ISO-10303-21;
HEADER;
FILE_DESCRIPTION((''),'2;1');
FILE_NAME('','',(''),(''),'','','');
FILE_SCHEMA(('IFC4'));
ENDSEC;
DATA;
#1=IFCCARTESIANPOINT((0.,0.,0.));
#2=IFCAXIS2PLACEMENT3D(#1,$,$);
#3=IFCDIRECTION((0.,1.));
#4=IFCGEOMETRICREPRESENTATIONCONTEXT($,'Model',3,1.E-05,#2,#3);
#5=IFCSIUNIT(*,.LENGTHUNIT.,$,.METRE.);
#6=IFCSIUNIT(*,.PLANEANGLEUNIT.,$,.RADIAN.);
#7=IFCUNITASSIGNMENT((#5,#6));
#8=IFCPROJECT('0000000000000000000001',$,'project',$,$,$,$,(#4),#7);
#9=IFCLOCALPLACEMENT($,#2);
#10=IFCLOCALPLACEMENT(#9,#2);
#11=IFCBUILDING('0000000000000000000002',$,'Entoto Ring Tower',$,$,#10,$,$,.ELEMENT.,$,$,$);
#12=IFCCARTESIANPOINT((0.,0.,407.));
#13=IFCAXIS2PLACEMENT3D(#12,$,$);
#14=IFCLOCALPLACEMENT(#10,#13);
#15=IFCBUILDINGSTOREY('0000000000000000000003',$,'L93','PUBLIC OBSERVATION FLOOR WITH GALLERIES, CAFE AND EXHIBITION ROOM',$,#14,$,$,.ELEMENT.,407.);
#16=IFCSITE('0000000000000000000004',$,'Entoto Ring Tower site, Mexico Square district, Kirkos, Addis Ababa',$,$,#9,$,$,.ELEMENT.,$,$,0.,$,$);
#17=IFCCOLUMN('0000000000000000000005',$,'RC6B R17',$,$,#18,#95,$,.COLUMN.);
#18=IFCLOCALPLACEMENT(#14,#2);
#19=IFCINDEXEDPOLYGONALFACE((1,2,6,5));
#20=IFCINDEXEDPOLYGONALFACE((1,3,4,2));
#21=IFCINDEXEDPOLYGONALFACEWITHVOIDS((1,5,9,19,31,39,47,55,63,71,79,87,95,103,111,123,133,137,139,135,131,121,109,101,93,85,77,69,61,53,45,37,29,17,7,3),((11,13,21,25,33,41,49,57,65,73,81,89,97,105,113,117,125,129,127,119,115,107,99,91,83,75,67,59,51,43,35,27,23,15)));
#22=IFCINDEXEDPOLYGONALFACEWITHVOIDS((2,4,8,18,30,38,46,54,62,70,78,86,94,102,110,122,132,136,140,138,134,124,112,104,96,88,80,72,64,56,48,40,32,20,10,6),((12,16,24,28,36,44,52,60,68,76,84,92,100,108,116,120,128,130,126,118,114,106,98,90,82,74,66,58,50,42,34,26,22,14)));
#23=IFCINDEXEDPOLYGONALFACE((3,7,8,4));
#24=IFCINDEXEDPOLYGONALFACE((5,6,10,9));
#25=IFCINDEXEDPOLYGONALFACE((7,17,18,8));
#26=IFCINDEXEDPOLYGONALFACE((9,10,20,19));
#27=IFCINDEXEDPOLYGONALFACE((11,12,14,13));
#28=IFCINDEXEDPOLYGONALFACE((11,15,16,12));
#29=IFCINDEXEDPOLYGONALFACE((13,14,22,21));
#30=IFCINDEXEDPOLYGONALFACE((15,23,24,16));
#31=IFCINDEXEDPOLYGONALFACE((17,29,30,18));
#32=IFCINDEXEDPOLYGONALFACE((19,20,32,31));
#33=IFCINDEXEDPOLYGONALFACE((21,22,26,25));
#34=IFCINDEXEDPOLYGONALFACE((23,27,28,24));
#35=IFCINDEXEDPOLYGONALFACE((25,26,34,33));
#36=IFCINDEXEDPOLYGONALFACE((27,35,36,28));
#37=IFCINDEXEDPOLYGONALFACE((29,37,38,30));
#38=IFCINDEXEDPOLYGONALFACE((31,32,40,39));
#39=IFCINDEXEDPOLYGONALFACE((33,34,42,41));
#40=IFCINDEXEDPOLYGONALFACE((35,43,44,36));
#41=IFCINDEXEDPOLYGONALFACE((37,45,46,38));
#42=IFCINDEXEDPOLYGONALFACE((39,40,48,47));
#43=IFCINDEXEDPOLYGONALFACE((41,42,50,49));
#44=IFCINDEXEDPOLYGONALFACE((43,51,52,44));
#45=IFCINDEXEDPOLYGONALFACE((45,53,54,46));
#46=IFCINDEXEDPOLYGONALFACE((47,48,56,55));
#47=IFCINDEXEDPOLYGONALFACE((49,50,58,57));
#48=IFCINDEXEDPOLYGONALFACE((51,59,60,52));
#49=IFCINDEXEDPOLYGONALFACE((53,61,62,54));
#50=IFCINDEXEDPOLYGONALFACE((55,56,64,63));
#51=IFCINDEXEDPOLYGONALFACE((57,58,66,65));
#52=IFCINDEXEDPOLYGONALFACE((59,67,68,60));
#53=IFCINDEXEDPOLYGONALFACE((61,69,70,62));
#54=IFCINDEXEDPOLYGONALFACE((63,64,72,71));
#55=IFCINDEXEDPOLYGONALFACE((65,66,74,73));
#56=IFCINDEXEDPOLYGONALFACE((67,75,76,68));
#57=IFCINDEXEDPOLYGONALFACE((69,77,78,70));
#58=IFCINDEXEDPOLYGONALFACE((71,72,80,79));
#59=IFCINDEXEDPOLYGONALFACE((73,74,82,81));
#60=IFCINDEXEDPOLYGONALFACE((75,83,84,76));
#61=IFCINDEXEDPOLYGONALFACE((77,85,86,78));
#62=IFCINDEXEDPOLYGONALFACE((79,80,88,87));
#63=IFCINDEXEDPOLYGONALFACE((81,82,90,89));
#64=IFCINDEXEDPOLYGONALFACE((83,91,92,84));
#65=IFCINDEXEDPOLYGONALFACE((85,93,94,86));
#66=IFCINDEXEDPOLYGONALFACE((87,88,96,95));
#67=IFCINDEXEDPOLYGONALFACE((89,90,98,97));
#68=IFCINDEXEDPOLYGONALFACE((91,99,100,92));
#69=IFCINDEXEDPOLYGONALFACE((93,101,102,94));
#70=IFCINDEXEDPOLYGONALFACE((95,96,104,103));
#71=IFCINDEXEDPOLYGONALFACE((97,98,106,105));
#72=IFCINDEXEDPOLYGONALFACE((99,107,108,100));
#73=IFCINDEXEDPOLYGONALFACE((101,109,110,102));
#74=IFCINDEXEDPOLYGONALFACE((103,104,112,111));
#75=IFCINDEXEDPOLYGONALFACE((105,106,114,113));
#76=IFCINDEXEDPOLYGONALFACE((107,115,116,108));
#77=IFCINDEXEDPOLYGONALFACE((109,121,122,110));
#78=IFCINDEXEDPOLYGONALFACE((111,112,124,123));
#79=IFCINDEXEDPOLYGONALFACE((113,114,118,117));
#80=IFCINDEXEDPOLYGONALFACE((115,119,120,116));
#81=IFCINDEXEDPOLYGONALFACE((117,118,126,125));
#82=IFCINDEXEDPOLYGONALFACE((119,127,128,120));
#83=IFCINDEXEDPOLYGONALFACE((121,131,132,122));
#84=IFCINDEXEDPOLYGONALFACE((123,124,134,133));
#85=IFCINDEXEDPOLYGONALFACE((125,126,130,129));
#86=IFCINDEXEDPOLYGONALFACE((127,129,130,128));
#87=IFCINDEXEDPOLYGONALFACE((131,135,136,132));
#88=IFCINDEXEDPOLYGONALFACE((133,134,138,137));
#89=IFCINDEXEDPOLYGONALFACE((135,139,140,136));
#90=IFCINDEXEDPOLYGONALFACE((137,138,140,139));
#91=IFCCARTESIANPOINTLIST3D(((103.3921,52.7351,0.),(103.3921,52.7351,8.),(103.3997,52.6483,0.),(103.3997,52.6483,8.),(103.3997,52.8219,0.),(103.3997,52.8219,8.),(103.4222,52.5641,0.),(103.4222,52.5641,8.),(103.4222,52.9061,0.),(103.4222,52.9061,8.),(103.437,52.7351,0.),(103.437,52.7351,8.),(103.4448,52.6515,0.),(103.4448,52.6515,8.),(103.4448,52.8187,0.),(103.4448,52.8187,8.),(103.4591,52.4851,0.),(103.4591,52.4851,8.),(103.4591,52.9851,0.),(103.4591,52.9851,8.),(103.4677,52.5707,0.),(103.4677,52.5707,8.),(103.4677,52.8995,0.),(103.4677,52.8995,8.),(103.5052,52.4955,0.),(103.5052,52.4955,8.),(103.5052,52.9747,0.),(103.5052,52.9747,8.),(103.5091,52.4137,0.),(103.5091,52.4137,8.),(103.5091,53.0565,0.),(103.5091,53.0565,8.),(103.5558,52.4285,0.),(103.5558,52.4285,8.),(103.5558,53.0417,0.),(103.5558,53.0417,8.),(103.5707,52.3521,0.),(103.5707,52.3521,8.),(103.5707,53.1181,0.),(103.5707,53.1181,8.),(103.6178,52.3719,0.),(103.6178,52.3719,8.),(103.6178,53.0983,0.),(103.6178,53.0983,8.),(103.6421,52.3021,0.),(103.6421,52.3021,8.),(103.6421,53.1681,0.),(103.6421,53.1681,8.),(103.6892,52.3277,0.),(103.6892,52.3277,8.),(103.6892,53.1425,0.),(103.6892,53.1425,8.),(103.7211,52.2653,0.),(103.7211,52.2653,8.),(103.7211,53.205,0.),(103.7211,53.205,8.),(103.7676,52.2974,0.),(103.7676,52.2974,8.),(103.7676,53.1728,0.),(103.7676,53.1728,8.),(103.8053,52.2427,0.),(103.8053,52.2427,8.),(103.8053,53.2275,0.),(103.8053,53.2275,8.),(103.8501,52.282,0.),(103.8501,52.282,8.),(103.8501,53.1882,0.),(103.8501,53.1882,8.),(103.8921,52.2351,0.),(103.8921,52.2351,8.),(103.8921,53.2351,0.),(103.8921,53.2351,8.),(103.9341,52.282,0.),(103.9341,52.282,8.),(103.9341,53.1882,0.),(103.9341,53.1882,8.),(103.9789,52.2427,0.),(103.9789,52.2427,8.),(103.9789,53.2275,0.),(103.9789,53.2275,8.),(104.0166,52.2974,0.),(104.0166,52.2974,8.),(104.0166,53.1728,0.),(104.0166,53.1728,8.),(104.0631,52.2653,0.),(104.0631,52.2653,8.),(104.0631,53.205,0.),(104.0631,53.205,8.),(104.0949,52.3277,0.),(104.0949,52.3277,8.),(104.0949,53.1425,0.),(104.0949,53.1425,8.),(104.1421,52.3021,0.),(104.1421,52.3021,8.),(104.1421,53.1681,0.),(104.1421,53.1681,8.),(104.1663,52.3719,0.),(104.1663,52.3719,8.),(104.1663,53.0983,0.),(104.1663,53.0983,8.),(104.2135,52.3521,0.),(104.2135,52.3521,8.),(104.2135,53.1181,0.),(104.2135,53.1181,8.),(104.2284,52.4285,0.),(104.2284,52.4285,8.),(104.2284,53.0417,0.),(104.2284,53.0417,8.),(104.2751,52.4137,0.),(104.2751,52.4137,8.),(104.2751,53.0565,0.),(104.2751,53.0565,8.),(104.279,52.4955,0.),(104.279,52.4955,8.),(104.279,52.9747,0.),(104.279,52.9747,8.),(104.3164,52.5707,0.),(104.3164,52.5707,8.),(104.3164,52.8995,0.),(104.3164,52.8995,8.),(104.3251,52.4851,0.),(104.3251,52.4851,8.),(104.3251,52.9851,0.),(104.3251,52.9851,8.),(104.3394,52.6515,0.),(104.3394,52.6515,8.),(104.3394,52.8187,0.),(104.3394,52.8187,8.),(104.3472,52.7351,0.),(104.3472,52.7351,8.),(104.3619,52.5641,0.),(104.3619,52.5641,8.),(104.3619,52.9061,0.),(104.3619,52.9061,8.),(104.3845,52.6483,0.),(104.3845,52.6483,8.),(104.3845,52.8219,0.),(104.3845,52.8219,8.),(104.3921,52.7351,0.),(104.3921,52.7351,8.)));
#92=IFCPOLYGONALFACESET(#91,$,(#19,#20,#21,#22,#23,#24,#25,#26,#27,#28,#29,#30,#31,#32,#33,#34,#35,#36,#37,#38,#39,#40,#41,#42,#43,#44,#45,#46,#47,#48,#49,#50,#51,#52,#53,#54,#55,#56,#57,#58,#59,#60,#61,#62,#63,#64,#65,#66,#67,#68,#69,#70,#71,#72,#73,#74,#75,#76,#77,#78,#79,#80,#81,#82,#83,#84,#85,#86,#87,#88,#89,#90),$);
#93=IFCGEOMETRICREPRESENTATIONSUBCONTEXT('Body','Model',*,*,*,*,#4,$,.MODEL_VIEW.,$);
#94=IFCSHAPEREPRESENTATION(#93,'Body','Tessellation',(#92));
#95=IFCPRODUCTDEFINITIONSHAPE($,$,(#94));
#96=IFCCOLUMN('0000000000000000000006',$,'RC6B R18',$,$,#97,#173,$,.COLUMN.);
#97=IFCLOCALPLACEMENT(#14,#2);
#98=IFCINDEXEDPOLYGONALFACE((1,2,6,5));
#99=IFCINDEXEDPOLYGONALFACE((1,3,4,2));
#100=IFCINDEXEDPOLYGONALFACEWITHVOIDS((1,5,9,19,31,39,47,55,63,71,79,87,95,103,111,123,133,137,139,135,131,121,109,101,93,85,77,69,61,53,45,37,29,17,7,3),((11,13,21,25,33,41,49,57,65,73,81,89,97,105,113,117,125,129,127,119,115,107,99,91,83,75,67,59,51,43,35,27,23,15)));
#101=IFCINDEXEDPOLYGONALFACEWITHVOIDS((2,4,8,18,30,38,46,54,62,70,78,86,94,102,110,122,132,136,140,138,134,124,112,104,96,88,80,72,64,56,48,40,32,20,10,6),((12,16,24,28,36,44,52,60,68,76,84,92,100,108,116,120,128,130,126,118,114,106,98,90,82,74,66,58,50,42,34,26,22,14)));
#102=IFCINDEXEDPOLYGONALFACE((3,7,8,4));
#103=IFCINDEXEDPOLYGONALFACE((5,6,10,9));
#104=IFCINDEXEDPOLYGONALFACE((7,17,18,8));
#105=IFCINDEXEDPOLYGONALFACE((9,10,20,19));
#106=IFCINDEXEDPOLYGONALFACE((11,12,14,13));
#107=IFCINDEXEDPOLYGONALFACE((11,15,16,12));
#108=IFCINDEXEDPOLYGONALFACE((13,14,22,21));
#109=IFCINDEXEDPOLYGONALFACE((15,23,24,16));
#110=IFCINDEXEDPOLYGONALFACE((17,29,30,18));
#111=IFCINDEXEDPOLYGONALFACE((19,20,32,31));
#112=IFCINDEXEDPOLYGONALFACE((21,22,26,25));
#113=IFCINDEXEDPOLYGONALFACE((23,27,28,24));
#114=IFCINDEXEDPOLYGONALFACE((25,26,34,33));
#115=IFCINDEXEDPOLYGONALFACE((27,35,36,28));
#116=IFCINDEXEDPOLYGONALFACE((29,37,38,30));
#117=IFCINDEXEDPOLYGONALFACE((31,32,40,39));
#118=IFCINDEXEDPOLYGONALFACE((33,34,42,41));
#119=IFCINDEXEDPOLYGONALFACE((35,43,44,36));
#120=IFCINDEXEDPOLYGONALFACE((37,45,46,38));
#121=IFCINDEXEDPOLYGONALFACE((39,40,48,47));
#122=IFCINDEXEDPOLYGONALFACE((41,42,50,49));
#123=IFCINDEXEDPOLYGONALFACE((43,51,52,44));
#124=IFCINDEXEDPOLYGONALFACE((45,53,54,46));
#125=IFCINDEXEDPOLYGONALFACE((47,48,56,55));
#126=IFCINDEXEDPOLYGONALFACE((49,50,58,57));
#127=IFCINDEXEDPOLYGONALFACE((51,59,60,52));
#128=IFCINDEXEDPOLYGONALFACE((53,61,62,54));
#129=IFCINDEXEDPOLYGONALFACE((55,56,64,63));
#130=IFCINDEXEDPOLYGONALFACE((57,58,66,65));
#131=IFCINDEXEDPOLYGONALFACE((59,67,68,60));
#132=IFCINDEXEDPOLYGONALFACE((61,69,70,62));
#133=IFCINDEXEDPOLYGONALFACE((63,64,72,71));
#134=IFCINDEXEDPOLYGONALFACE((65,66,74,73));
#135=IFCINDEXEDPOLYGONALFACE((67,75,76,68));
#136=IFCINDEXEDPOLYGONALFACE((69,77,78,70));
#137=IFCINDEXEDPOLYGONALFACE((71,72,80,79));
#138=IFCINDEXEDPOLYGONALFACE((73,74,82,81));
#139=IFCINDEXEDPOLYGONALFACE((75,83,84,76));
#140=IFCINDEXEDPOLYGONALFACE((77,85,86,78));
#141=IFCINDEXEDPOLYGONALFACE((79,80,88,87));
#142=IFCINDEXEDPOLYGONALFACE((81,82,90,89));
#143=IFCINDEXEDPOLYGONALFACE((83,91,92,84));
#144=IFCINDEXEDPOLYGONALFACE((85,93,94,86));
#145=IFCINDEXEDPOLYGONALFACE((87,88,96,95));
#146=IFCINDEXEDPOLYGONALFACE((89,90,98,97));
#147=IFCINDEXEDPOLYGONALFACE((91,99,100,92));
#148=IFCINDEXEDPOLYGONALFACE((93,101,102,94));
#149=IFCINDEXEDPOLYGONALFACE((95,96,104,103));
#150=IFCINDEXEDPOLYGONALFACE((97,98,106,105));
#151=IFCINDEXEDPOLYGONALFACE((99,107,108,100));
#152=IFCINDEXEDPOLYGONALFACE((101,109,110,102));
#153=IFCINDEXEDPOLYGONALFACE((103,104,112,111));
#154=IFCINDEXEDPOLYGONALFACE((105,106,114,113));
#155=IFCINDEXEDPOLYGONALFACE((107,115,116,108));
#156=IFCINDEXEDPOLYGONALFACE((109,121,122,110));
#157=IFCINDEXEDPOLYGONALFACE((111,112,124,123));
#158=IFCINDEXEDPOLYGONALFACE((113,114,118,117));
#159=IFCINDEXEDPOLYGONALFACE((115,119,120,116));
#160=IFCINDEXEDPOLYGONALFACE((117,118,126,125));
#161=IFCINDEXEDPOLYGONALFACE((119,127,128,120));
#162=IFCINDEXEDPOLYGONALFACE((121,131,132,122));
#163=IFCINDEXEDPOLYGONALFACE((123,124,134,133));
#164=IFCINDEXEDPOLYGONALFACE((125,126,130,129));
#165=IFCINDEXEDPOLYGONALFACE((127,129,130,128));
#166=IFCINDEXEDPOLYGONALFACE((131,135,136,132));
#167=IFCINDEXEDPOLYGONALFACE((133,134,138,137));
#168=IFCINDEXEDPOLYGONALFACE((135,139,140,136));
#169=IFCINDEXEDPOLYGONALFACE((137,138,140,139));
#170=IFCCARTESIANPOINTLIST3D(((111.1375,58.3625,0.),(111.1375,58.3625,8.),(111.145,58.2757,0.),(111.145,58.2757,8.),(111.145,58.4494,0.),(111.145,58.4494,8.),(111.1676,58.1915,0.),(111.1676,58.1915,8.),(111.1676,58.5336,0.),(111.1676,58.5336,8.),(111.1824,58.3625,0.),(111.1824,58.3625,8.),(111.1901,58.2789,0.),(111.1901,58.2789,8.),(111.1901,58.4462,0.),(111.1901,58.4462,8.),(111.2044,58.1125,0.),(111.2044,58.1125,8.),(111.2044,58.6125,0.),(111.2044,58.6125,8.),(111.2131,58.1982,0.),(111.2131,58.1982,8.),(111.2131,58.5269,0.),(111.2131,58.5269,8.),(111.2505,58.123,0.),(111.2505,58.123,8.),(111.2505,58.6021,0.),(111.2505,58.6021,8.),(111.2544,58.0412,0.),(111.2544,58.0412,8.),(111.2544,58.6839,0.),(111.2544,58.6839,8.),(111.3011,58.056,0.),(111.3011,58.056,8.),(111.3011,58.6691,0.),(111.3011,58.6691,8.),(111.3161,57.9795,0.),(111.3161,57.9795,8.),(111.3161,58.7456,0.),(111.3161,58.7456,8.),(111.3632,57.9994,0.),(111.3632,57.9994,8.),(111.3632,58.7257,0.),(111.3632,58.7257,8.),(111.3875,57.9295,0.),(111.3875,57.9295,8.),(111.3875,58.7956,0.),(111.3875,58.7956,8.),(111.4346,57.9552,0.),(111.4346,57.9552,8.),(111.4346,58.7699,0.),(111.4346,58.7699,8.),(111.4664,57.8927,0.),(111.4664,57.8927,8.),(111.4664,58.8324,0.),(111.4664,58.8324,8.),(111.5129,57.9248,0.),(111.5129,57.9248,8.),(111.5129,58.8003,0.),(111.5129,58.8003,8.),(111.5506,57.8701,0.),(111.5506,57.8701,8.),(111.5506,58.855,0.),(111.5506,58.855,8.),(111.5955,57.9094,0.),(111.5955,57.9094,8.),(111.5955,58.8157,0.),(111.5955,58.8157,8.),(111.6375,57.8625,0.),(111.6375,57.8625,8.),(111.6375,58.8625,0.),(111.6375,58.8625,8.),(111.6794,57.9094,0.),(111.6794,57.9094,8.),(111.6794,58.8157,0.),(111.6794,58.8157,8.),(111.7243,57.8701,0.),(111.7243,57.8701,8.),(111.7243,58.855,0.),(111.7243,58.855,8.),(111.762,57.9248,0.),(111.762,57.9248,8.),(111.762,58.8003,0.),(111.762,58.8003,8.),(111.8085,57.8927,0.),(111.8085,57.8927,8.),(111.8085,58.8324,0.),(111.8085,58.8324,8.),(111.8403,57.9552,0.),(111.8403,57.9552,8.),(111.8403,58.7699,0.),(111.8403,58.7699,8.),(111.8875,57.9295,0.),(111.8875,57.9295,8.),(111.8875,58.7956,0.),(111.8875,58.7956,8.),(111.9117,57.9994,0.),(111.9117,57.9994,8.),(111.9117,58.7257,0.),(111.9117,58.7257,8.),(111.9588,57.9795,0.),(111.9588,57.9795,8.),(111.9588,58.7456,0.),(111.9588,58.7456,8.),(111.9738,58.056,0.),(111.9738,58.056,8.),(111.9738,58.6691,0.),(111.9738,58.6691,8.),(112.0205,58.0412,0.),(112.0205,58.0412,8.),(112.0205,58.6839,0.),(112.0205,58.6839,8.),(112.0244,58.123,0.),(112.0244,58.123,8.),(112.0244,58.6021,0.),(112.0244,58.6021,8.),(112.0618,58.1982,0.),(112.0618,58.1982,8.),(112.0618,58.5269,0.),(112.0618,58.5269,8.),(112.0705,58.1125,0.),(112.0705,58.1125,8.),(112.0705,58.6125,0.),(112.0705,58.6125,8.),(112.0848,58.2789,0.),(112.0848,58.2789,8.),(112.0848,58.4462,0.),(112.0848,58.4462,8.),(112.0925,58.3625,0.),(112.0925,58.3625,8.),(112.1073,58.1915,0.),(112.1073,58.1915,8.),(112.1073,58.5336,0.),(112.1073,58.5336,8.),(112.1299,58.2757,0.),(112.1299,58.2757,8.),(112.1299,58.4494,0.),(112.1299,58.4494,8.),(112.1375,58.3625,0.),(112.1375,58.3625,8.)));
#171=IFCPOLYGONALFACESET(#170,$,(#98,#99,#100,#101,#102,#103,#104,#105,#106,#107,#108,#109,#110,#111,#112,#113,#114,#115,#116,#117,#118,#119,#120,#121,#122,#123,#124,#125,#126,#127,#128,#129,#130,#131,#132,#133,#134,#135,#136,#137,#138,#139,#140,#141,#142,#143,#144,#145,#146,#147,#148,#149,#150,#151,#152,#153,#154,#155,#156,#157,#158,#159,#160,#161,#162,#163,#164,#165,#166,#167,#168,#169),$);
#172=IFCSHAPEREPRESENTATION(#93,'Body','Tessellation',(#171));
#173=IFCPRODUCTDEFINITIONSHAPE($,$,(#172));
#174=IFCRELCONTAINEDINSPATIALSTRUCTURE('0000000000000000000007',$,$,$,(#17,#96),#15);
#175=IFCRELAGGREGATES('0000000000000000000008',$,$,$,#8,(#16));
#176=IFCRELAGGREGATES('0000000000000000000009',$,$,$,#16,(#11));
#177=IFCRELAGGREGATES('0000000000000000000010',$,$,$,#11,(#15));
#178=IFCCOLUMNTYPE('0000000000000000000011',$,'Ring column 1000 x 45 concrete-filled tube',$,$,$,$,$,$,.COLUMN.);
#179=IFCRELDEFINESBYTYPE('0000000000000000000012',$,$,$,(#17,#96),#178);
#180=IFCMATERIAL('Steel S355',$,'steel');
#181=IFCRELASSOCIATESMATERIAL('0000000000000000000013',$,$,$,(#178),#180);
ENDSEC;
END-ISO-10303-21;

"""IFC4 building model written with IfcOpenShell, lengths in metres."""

from ifc_helpers import new_model, si_unit, direction, frame, origin, origin_2d, place, context, subcontext, project, spatial, circle, hollow_circle, extrude, material, material_profile, profile_set, type_object, element, save


model = new_model("IFC4")

# Units and contexts
model_context = context("Model", 3, precision=1e-05, world=origin(), true_north=direction((0.0, 1.0)))
body_context = subcontext(model_context, "Body", "Model", "MODEL_VIEW")
ifc_project = project(units=[si_unit("LENGTHUNIT", "METRE"), si_unit("PLANEANGLEUNIT", "RADIAN")], contexts=[model_context])

# Site, building, storey
site_placement = place(None, origin())
site = spatial("IfcSite", under=ifc_project, at=site_placement, Name="Entoto Ring Tower site, Mexico Square district, Kirkos, Addis Ababa", CompositionType="ELEMENT", RefElevation=0.0)
building_placement = place(site_placement, origin())
building = spatial("IfcBuilding", under=site, at=building_placement, Name="Entoto Ring Tower", CompositionType="ELEMENT")
storey_placement = place(building_placement, frame((0.0, 0.0, 407.0)))
storey = spatial("IfcBuildingStorey", under=building, at=storey_placement, Name="L93", Description="PUBLIC OBSERVATION FLOOR WITH GALLERIES, CAFE AND EXHIBITION ROOM", CompositionType="ELEMENT", Elevation=407.0)

# Columns
ifc_material_1 = material(Name="Steel S355", Category="steel")
ifc_material_profile_1 = material_profile(ifc_material_1, hollow_circle(Radius=0.5, WallThickness=0.0449, at=origin_2d()), Name="CHS 1000 x 45")
ifc_material_2 = material(Name="Concrete C60/75", Category="concrete")
ifc_material_profile_2 = material_profile(ifc_material_2, circle(Radius=0.4551, at=origin_2d()), Name="Concrete C60/75 infill")
ifc_profile_set_1 = profile_set([ifc_material_profile_1, ifc_material_profile_2], Name="Steel S355")
column_type = type_object("IfcColumnType", Name="Ring column 1000 x 45 concrete-filled tube", PredefinedType="COLUMN", material=ifc_profile_set_1)
for number, where, z_axis, x_axis, name in (
    (1, (103.8921, 52.7351, 0.0), (0.0, 0.0, 1.0), (1.0, 0.0, 0.0), "RC6B R17"),
    (2, (111.6375, 58.3625, 0.0), (0.0, 0.0, 1.0), (1.0, 0.0, 0.0), "RC6B R18"),
):
    element("IfcColumn", number, at=place(storey_placement, frame(where, z_axis=z_axis, x_axis=x_axis)), inside=storey, type_object=column_type, Name=name, PredefinedType="COLUMN", context=body_context, shape_type="SweptSolid", body=[
        extrude(hollow_circle(Radius=0.5, WallThickness=0.0449, at=origin_2d()), origin(), (0.0, 0.0, 1.0), 8.0),
    ])

save(model, "model.ifc")
